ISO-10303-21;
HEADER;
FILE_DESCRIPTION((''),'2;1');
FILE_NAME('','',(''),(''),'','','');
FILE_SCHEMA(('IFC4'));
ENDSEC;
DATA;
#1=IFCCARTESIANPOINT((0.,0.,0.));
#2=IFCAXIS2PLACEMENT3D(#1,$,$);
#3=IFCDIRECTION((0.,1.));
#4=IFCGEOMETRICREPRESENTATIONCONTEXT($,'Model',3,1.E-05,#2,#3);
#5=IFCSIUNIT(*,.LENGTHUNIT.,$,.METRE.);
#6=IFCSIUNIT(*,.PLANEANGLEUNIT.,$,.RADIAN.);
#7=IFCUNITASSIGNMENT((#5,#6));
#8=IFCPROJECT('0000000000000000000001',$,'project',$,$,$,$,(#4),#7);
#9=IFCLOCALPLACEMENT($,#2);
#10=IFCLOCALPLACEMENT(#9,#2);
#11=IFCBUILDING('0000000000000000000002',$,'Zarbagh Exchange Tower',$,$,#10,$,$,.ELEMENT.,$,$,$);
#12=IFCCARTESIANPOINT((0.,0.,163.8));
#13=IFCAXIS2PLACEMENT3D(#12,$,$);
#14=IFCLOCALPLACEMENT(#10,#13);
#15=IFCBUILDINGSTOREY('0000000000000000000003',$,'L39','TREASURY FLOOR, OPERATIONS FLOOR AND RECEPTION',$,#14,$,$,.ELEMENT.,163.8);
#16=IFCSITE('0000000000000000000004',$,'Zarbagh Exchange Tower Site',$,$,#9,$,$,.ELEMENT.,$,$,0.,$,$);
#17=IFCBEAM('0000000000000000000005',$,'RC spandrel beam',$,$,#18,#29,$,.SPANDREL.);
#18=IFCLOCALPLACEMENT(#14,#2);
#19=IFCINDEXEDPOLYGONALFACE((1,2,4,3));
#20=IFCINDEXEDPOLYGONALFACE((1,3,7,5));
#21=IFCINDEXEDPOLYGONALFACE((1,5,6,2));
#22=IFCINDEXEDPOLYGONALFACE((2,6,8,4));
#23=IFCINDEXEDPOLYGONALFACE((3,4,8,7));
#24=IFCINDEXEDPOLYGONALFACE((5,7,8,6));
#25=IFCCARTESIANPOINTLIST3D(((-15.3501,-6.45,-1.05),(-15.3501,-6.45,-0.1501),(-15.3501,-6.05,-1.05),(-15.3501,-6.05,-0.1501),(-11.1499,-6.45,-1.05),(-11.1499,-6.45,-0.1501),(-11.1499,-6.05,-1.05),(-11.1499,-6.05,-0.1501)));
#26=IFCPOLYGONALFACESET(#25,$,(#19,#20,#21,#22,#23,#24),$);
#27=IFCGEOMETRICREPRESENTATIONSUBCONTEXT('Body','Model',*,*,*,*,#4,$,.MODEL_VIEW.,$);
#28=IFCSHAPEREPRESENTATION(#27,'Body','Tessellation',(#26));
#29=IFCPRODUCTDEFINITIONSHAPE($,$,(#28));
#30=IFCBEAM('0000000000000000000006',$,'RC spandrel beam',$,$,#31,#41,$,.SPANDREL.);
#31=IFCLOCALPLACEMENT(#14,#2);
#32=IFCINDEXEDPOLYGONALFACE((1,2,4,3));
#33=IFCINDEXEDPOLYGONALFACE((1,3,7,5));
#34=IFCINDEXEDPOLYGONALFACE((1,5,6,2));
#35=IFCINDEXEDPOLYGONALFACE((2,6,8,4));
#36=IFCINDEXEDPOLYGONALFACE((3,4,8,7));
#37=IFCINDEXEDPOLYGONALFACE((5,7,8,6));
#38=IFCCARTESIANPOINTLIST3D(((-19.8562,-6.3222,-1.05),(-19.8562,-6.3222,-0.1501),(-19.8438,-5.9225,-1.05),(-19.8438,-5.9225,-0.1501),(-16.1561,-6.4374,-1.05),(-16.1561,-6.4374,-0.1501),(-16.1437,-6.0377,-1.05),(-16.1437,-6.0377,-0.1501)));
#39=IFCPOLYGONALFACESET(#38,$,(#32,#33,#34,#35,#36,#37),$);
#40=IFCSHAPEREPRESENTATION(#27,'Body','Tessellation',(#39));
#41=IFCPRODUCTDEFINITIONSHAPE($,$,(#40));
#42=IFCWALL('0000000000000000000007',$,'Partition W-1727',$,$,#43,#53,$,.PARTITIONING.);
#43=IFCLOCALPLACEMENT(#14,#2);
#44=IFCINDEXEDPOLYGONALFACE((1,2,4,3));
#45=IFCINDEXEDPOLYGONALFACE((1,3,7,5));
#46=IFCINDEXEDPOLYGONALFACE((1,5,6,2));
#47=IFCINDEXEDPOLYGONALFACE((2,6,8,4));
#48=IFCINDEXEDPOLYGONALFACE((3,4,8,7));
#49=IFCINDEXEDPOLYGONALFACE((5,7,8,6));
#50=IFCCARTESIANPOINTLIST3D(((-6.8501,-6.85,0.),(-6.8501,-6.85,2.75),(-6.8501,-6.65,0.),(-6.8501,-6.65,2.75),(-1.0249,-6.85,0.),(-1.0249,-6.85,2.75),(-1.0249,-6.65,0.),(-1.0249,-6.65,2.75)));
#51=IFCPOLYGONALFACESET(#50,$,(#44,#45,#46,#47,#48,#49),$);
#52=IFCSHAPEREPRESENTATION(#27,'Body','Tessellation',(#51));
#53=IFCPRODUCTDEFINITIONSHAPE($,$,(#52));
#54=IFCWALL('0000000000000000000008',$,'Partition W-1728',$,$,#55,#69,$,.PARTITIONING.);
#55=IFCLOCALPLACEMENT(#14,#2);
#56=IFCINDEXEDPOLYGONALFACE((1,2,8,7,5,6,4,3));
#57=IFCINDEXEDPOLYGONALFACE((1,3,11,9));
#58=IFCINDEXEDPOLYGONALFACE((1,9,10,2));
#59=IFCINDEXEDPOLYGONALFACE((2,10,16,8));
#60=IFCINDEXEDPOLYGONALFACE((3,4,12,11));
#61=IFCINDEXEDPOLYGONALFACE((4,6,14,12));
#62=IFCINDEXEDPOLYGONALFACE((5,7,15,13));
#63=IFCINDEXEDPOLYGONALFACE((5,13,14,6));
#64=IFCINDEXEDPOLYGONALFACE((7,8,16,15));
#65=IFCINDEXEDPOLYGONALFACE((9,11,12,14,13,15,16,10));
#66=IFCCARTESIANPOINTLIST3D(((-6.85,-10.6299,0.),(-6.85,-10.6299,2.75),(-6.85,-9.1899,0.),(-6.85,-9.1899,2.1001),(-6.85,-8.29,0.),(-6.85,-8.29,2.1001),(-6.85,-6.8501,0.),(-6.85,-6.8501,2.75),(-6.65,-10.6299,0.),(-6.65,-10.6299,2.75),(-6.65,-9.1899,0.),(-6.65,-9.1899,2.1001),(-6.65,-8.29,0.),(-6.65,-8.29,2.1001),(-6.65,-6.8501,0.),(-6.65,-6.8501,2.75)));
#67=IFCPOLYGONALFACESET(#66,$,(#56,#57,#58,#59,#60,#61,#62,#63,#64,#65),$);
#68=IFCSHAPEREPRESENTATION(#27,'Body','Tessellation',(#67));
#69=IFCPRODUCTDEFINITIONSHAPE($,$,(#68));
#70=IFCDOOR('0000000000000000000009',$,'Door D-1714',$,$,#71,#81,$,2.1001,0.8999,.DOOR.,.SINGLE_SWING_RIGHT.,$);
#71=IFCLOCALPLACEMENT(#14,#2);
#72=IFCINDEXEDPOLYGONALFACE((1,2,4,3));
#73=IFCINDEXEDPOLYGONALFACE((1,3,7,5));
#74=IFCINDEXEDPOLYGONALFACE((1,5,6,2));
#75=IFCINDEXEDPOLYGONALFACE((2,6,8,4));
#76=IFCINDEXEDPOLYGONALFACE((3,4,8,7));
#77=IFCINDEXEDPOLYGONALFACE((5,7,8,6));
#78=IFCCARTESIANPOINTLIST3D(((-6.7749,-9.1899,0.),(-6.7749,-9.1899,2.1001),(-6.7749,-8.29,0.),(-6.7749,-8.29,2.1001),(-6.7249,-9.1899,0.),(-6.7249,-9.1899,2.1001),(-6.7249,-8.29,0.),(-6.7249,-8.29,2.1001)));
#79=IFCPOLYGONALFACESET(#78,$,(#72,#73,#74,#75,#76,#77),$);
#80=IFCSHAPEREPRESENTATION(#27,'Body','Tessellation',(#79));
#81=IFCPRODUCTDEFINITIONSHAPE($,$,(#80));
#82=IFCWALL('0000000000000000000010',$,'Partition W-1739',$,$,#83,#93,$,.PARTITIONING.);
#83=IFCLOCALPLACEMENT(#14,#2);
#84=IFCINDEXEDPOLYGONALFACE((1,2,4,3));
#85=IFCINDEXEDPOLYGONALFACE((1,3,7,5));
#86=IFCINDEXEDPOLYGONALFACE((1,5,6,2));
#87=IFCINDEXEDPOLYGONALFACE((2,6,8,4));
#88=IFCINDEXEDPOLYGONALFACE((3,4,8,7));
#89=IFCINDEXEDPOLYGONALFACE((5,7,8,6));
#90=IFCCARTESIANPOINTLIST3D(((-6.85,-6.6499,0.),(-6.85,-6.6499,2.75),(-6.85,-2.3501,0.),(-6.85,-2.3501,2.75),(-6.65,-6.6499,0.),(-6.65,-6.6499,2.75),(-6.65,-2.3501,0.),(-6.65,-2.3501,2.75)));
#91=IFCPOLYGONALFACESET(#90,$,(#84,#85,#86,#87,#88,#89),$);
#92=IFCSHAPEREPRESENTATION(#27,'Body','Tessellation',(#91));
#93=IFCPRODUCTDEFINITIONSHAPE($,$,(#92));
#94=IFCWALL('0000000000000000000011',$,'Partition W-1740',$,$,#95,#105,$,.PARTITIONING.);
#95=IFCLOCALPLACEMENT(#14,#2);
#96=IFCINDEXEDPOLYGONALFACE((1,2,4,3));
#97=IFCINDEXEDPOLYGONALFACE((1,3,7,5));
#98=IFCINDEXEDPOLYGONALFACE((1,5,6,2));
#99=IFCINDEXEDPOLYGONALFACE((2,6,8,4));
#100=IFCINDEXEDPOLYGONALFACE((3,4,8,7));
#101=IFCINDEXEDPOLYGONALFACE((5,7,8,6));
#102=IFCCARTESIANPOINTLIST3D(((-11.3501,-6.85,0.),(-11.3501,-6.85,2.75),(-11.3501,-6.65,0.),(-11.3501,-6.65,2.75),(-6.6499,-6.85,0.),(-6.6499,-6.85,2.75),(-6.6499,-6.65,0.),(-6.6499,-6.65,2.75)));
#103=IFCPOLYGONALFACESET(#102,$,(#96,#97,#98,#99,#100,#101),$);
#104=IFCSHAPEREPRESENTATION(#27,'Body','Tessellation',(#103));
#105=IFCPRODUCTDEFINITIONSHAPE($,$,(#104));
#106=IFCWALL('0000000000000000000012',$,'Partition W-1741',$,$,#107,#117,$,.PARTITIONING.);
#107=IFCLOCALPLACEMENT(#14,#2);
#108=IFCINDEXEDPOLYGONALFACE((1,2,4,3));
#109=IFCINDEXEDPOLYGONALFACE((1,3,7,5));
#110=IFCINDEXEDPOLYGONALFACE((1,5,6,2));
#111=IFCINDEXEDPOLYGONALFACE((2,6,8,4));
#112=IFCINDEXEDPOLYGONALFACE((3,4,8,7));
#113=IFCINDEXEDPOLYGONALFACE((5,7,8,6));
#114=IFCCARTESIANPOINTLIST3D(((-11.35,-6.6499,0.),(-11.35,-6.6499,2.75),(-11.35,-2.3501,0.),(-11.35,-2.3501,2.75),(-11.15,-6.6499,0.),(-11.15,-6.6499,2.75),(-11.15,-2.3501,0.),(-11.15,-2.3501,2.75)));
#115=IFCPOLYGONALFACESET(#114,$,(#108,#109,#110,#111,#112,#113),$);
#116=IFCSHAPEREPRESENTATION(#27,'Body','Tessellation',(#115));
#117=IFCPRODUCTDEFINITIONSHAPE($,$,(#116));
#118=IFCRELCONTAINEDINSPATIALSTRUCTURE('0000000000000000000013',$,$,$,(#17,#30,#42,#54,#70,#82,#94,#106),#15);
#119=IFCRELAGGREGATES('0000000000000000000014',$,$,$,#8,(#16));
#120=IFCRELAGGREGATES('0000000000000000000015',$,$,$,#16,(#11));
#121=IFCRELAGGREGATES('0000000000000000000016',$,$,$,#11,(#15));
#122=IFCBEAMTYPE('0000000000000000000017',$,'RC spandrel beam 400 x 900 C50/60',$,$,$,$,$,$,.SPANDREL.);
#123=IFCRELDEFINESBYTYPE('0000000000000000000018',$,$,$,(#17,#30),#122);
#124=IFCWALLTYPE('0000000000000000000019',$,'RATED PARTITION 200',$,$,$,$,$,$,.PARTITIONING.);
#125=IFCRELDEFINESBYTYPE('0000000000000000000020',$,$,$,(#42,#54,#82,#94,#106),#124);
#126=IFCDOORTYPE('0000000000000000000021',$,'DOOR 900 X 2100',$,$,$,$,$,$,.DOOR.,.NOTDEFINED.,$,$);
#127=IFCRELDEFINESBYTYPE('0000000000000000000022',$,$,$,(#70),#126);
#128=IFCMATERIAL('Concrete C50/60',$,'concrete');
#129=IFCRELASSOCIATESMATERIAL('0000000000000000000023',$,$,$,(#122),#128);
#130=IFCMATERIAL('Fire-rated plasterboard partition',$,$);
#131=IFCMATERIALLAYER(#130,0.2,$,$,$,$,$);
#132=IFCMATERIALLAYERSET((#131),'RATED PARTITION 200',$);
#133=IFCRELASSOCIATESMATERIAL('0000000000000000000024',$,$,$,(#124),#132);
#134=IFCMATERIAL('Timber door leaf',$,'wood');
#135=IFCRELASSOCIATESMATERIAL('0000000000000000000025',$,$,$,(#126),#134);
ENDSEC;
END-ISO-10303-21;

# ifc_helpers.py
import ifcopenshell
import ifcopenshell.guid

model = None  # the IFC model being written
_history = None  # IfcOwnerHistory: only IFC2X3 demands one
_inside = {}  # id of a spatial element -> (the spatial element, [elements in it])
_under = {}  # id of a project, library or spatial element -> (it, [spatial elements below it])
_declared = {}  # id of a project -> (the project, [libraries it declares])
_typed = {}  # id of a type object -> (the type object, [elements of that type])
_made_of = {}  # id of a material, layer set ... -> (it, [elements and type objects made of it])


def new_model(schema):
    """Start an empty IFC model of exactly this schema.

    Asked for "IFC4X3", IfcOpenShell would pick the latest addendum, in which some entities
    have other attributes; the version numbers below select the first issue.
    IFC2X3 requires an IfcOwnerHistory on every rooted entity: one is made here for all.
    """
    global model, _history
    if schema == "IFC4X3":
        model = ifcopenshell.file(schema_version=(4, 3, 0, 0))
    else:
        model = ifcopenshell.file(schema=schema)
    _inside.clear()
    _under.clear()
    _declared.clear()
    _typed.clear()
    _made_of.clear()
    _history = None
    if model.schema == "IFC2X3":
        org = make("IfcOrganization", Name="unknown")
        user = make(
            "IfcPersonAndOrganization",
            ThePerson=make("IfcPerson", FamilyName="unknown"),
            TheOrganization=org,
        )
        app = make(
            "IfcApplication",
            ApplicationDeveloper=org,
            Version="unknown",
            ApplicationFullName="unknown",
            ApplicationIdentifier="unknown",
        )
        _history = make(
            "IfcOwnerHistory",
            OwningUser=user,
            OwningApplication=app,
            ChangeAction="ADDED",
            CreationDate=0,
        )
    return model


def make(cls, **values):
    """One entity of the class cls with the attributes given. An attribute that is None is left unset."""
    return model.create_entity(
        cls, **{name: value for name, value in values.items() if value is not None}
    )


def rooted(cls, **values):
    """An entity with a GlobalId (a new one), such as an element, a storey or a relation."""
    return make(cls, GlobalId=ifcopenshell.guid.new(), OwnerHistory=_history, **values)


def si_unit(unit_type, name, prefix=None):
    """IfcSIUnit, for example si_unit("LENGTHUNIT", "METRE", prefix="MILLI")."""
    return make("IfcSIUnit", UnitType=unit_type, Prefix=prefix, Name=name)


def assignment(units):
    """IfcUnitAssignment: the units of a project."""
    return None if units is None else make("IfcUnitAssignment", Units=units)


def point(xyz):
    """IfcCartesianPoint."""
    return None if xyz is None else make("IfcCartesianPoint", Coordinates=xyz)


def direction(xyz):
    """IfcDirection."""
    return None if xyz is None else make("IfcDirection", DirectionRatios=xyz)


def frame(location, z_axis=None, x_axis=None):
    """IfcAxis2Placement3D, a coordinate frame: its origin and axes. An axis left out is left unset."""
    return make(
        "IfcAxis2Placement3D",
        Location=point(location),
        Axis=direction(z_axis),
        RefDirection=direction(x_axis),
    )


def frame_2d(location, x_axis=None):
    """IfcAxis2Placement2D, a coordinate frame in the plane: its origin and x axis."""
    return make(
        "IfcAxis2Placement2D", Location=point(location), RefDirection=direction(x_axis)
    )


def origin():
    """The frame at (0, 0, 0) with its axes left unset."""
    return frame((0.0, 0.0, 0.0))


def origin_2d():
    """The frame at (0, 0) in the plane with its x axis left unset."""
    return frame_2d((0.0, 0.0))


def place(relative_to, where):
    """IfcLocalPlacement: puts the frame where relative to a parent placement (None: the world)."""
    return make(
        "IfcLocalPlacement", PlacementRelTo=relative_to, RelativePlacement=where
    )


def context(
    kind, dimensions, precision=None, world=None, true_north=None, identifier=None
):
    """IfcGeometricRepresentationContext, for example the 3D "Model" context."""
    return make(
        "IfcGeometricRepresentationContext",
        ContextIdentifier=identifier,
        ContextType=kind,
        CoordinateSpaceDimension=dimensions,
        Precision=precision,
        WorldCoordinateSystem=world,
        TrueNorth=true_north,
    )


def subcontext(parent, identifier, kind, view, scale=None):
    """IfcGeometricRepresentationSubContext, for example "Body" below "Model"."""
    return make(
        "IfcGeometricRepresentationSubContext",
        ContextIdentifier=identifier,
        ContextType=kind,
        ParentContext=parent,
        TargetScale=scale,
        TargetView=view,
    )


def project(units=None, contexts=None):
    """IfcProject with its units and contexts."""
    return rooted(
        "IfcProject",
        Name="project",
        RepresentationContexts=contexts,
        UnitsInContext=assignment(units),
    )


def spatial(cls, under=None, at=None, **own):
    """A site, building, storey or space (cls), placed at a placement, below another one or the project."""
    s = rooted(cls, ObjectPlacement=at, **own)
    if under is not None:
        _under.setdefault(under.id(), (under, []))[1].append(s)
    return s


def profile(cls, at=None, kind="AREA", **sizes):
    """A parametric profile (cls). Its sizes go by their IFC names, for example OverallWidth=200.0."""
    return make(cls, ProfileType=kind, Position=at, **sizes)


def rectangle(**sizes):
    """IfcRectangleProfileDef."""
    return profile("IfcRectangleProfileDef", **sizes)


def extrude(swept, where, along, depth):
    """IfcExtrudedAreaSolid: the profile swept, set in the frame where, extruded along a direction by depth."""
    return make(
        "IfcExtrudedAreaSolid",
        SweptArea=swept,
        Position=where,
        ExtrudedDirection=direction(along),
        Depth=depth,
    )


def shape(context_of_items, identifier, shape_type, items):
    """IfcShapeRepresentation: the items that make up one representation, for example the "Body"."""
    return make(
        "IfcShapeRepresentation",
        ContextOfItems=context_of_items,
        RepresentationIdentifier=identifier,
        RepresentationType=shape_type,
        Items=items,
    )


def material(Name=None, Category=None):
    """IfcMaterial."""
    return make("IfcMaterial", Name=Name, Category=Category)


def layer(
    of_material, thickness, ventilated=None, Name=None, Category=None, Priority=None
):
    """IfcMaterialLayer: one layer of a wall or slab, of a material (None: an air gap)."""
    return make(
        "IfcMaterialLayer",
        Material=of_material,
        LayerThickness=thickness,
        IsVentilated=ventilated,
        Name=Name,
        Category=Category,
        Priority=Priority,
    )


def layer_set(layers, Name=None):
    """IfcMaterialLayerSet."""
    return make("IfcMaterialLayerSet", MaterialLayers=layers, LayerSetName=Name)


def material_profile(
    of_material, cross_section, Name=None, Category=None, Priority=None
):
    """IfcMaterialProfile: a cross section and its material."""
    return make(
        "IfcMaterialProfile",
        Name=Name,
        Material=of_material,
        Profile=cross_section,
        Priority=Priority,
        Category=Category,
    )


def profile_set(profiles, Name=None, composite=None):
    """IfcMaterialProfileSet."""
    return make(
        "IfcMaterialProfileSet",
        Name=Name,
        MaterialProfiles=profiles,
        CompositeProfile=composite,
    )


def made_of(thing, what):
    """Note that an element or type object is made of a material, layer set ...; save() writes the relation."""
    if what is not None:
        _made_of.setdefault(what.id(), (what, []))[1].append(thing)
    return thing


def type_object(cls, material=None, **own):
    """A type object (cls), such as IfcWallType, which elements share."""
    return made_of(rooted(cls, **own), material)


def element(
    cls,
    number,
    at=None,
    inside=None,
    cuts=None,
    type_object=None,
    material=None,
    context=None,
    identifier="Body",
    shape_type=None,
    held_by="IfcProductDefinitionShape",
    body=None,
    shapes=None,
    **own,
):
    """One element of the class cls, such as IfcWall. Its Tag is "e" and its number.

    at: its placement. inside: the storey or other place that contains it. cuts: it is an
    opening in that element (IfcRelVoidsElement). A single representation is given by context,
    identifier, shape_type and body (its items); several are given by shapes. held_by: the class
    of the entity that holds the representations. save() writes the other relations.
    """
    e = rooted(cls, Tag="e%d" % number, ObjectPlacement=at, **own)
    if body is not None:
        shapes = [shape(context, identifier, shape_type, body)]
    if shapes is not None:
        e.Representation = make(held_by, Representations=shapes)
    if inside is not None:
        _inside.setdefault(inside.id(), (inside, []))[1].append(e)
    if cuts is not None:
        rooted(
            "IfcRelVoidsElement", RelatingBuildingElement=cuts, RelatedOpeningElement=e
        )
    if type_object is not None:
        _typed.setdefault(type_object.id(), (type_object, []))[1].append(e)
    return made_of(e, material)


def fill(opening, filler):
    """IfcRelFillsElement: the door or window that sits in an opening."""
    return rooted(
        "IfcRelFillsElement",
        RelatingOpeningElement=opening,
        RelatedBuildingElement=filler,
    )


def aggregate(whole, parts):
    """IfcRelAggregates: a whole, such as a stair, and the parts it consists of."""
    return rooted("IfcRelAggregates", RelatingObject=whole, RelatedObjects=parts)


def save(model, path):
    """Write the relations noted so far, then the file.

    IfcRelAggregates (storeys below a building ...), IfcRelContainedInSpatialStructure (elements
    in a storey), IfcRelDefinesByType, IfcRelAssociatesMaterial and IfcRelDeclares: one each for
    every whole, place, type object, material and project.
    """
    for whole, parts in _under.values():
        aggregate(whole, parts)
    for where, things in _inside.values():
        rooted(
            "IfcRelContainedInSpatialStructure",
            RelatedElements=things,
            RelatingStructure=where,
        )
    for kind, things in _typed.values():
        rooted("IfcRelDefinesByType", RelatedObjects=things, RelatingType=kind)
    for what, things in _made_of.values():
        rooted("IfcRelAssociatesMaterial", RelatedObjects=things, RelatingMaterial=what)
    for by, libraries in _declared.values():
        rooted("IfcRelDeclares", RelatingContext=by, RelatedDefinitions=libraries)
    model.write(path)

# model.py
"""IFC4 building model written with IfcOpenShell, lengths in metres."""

from ifc_helpers import new_model, si_unit, direction, frame, frame_2d, origin, origin_2d, place, context, subcontext, project, spatial, rectangle, extrude, material, layer, layer_set, material_profile, profile_set, type_object, element, fill, save


model = new_model("IFC4")

# Units and contexts
model_context = context("Model", 3, precision=1e-05, world=origin(), true_north=direction((0.0, 1.0)))
body_context = subcontext(model_context, "Body", "Model", "MODEL_VIEW")
ifc_project = project(units=[si_unit("LENGTHUNIT", "METRE"), si_unit("PLANEANGLEUNIT", "RADIAN")], contexts=[model_context])

# Site, building, storey
site_placement = place(None, origin())
site = spatial("IfcSite", under=ifc_project, at=site_placement, Name="Zarbagh Exchange Tower Site", CompositionType="ELEMENT", RefElevation=0.0)
building_placement = place(site_placement, origin())
building = spatial("IfcBuilding", under=site, at=building_placement, Name="Zarbagh Exchange Tower", CompositionType="ELEMENT")
storey_placement = place(building_placement, frame((0.0, 0.0, 163.8)))
storey = spatial("IfcBuildingStorey", under=building, at=storey_placement, Name="L39", Description="TREASURY FLOOR, OPERATIONS FLOOR AND RECEPTION", CompositionType="ELEMENT", Elevation=163.8)

# Shared definitions
ifc_material_1 = material(Name="Concrete C50/60", Category="concrete")

# Beams
ifc_material_profile_1 = material_profile(ifc_material_1, rectangle(XDim=0.3999, YDim=0.8999, at=origin_2d()), Name="RC spandrel beam 400 x 900 C50/60")
ifc_profile_set_1 = profile_set([ifc_material_profile_1], Name="Concrete C50/60")
beam_type_1 = type_object("IfcBeamType", Name="RC spandrel beam 400 x 900 C50/60", PredefinedType="SPANDREL", material=ifc_profile_set_1)
beam_1_placement = place(storey_placement, frame((-11.1499, -6.25, -0.6001), z_axis=(-1.0, 0.0, 0.0), x_axis=(0.0, -1.0, 0.0)))
element("IfcBeam", 1, at=beam_1_placement, inside=storey, type_object=beam_type_1, Name="RC spandrel beam", PredefinedType="SPANDREL", context=body_context, shape_type="SweptSolid", body=[
    extrude(rectangle(XDim=0.3999, YDim=0.8999, at=origin_2d()), origin(), (0.0, 0.0, 1.0), 4.2002),
])
beam_2_placement = place(storey_placement, frame((-16.1499, -6.2375, -0.6001), z_axis=(-0.999515, 0.031128, 0.0), x_axis=(-0.031128, -0.999515, 0.0)))
element("IfcBeam", 2, at=beam_2_placement, inside=storey, type_object=beam_type_1, Name="RC spandrel beam", PredefinedType="SPANDREL", context=body_context, shape_type="SweptSolid", body=[
    extrude(rectangle(XDim=0.3999, YDim=0.8999, at=origin_2d()), origin(), (0.0, 0.0, 1.0), 3.7019),
])

# Wall
ifc_material_2 = material(Name="Fire-rated plasterboard partition")
ifc_layer = layer(ifc_material_2, 0.2)
ifc_layer_set = layer_set([ifc_layer], Name="RATED PARTITION 200")
wall_type = type_object("IfcWallType", Name="RATED PARTITION 200", PredefinedType="PARTITIONING", material=ifc_layer_set)
wall_1_placement = place(storey_placement, frame((-6.8501, -6.75, 0.0), z_axis=(0.0, 0.0, 1.0), x_axis=(1.0, 0.0, 0.0)))
element("IfcWall", 3, at=wall_1_placement, inside=storey, type_object=wall_type, Name="Partition W-1727", PredefinedType="PARTITIONING", context=body_context, shape_type="SweptSolid", body=[
    extrude(rectangle(XDim=5.8252, YDim=0.2, at=frame_2d((2.9126, 0.0))), origin(), (0.0, 0.0, 1.0), 2.75),
])

# Wall, opening, door
wall_2_placement = place(storey_placement, frame((-6.75, -10.6299, 0.0), z_axis=(0.0, 0.0, 1.0), x_axis=(0.0, 1.0, 0.0)))
wall_2 = element("IfcWall", 4, at=wall_2_placement, inside=storey, type_object=wall_type, Name="Partition W-1728", PredefinedType="PARTITIONING", context=body_context, shape_type="SweptSolid", body=[
    extrude(rectangle(XDim=3.7798, YDim=0.2, at=frame_2d((1.8899, 0.0))), origin(), (0.0, 0.0, 1.0), 2.75),
])
opening_placement = place(wall_2_placement, frame((1.4399, 0.0, 0.0)))
opening = element("IfcOpeningElement", 5, at=opening_placement, cuts=wall_2, PredefinedType="OPENING", context=body_context, shape_type="SweptSolid", body=[
    extrude(rectangle(XDim=0.8999, YDim=2.1001, at=frame_2d((0.45, 1.05))), frame((0.0, 0.1099, 0.0), z_axis=(0.0, -1.0, 0.0), x_axis=(1.0, 0.0, 0.0)), (0.0, 0.0, 1.0), 0.22),
])
ifc_material_3 = material(Name="Timber door leaf", Category="wood")
door_type = type_object("IfcDoorType", Name="DOOR 900 X 2100", OperationType="NOTDEFINED", PredefinedType="DOOR", material=ifc_material_3)
door_placement = place(opening_placement, origin())
door = element("IfcDoor", 6, at=door_placement, inside=storey, type_object=door_type, Name="Door D-1714", OperationType="SINGLE_SWING_RIGHT", OverallHeight=2.1001, OverallWidth=0.8999, PredefinedType="DOOR", context=body_context, shape_type="SweptSolid", body=[
    extrude(rectangle(XDim=0.8999, YDim=2.1001, at=frame_2d((0.45, 1.05))), frame((0.0, 0.0249, 0.0), z_axis=(0.0, -1.0, 0.0), x_axis=(1.0, 0.0, 0.0)), (0.0, 0.0, 1.0), 0.05),
])
fill(opening, door)

# Walls
wall_3_placement = place(storey_placement, frame((-6.75, -6.6499, 0.0), z_axis=(0.0, 0.0, 1.0), x_axis=(0.0, 1.0, 0.0)))
element("IfcWall", 7, at=wall_3_placement, inside=storey, type_object=wall_type, Name="Partition W-1739", PredefinedType="PARTITIONING", context=body_context, shape_type="SweptSolid", body=[
    extrude(rectangle(XDim=4.2998, YDim=0.2, at=frame_2d((2.1499, 0.0))), origin(), (0.0, 0.0, 1.0), 2.75),
])
wall_4_placement = place(storey_placement, frame((-11.3501, -6.75, 0.0), z_axis=(0.0, 0.0, 1.0), x_axis=(1.0, 0.0, 0.0)))
element("IfcWall", 8, at=wall_4_placement, inside=storey, type_object=wall_type, Name="Partition W-1740", PredefinedType="PARTITIONING", context=body_context, shape_type="SweptSolid", body=[
    extrude(rectangle(XDim=4.7002, YDim=0.2, at=frame_2d((2.3501, 0.0))), origin(), (0.0, 0.0, 1.0), 2.75),
])
wall_5_placement = place(storey_placement, frame((-11.25, -6.6499, 0.0), z_axis=(0.0, 0.0, 1.0), x_axis=(0.0, 1.0, 0.0)))
element("IfcWall", 9, at=wall_5_placement, inside=storey, type_object=wall_type, Name="Partition W-1741", PredefinedType="PARTITIONING", context=body_context, shape_type="SweptSolid", body=[
    extrude(rectangle(XDim=4.2998, YDim=0.2, at=frame_2d((2.1499, 0.0))), origin(), (0.0, 0.0, 1.0), 2.75),
])

save(model, "model.ifc")
